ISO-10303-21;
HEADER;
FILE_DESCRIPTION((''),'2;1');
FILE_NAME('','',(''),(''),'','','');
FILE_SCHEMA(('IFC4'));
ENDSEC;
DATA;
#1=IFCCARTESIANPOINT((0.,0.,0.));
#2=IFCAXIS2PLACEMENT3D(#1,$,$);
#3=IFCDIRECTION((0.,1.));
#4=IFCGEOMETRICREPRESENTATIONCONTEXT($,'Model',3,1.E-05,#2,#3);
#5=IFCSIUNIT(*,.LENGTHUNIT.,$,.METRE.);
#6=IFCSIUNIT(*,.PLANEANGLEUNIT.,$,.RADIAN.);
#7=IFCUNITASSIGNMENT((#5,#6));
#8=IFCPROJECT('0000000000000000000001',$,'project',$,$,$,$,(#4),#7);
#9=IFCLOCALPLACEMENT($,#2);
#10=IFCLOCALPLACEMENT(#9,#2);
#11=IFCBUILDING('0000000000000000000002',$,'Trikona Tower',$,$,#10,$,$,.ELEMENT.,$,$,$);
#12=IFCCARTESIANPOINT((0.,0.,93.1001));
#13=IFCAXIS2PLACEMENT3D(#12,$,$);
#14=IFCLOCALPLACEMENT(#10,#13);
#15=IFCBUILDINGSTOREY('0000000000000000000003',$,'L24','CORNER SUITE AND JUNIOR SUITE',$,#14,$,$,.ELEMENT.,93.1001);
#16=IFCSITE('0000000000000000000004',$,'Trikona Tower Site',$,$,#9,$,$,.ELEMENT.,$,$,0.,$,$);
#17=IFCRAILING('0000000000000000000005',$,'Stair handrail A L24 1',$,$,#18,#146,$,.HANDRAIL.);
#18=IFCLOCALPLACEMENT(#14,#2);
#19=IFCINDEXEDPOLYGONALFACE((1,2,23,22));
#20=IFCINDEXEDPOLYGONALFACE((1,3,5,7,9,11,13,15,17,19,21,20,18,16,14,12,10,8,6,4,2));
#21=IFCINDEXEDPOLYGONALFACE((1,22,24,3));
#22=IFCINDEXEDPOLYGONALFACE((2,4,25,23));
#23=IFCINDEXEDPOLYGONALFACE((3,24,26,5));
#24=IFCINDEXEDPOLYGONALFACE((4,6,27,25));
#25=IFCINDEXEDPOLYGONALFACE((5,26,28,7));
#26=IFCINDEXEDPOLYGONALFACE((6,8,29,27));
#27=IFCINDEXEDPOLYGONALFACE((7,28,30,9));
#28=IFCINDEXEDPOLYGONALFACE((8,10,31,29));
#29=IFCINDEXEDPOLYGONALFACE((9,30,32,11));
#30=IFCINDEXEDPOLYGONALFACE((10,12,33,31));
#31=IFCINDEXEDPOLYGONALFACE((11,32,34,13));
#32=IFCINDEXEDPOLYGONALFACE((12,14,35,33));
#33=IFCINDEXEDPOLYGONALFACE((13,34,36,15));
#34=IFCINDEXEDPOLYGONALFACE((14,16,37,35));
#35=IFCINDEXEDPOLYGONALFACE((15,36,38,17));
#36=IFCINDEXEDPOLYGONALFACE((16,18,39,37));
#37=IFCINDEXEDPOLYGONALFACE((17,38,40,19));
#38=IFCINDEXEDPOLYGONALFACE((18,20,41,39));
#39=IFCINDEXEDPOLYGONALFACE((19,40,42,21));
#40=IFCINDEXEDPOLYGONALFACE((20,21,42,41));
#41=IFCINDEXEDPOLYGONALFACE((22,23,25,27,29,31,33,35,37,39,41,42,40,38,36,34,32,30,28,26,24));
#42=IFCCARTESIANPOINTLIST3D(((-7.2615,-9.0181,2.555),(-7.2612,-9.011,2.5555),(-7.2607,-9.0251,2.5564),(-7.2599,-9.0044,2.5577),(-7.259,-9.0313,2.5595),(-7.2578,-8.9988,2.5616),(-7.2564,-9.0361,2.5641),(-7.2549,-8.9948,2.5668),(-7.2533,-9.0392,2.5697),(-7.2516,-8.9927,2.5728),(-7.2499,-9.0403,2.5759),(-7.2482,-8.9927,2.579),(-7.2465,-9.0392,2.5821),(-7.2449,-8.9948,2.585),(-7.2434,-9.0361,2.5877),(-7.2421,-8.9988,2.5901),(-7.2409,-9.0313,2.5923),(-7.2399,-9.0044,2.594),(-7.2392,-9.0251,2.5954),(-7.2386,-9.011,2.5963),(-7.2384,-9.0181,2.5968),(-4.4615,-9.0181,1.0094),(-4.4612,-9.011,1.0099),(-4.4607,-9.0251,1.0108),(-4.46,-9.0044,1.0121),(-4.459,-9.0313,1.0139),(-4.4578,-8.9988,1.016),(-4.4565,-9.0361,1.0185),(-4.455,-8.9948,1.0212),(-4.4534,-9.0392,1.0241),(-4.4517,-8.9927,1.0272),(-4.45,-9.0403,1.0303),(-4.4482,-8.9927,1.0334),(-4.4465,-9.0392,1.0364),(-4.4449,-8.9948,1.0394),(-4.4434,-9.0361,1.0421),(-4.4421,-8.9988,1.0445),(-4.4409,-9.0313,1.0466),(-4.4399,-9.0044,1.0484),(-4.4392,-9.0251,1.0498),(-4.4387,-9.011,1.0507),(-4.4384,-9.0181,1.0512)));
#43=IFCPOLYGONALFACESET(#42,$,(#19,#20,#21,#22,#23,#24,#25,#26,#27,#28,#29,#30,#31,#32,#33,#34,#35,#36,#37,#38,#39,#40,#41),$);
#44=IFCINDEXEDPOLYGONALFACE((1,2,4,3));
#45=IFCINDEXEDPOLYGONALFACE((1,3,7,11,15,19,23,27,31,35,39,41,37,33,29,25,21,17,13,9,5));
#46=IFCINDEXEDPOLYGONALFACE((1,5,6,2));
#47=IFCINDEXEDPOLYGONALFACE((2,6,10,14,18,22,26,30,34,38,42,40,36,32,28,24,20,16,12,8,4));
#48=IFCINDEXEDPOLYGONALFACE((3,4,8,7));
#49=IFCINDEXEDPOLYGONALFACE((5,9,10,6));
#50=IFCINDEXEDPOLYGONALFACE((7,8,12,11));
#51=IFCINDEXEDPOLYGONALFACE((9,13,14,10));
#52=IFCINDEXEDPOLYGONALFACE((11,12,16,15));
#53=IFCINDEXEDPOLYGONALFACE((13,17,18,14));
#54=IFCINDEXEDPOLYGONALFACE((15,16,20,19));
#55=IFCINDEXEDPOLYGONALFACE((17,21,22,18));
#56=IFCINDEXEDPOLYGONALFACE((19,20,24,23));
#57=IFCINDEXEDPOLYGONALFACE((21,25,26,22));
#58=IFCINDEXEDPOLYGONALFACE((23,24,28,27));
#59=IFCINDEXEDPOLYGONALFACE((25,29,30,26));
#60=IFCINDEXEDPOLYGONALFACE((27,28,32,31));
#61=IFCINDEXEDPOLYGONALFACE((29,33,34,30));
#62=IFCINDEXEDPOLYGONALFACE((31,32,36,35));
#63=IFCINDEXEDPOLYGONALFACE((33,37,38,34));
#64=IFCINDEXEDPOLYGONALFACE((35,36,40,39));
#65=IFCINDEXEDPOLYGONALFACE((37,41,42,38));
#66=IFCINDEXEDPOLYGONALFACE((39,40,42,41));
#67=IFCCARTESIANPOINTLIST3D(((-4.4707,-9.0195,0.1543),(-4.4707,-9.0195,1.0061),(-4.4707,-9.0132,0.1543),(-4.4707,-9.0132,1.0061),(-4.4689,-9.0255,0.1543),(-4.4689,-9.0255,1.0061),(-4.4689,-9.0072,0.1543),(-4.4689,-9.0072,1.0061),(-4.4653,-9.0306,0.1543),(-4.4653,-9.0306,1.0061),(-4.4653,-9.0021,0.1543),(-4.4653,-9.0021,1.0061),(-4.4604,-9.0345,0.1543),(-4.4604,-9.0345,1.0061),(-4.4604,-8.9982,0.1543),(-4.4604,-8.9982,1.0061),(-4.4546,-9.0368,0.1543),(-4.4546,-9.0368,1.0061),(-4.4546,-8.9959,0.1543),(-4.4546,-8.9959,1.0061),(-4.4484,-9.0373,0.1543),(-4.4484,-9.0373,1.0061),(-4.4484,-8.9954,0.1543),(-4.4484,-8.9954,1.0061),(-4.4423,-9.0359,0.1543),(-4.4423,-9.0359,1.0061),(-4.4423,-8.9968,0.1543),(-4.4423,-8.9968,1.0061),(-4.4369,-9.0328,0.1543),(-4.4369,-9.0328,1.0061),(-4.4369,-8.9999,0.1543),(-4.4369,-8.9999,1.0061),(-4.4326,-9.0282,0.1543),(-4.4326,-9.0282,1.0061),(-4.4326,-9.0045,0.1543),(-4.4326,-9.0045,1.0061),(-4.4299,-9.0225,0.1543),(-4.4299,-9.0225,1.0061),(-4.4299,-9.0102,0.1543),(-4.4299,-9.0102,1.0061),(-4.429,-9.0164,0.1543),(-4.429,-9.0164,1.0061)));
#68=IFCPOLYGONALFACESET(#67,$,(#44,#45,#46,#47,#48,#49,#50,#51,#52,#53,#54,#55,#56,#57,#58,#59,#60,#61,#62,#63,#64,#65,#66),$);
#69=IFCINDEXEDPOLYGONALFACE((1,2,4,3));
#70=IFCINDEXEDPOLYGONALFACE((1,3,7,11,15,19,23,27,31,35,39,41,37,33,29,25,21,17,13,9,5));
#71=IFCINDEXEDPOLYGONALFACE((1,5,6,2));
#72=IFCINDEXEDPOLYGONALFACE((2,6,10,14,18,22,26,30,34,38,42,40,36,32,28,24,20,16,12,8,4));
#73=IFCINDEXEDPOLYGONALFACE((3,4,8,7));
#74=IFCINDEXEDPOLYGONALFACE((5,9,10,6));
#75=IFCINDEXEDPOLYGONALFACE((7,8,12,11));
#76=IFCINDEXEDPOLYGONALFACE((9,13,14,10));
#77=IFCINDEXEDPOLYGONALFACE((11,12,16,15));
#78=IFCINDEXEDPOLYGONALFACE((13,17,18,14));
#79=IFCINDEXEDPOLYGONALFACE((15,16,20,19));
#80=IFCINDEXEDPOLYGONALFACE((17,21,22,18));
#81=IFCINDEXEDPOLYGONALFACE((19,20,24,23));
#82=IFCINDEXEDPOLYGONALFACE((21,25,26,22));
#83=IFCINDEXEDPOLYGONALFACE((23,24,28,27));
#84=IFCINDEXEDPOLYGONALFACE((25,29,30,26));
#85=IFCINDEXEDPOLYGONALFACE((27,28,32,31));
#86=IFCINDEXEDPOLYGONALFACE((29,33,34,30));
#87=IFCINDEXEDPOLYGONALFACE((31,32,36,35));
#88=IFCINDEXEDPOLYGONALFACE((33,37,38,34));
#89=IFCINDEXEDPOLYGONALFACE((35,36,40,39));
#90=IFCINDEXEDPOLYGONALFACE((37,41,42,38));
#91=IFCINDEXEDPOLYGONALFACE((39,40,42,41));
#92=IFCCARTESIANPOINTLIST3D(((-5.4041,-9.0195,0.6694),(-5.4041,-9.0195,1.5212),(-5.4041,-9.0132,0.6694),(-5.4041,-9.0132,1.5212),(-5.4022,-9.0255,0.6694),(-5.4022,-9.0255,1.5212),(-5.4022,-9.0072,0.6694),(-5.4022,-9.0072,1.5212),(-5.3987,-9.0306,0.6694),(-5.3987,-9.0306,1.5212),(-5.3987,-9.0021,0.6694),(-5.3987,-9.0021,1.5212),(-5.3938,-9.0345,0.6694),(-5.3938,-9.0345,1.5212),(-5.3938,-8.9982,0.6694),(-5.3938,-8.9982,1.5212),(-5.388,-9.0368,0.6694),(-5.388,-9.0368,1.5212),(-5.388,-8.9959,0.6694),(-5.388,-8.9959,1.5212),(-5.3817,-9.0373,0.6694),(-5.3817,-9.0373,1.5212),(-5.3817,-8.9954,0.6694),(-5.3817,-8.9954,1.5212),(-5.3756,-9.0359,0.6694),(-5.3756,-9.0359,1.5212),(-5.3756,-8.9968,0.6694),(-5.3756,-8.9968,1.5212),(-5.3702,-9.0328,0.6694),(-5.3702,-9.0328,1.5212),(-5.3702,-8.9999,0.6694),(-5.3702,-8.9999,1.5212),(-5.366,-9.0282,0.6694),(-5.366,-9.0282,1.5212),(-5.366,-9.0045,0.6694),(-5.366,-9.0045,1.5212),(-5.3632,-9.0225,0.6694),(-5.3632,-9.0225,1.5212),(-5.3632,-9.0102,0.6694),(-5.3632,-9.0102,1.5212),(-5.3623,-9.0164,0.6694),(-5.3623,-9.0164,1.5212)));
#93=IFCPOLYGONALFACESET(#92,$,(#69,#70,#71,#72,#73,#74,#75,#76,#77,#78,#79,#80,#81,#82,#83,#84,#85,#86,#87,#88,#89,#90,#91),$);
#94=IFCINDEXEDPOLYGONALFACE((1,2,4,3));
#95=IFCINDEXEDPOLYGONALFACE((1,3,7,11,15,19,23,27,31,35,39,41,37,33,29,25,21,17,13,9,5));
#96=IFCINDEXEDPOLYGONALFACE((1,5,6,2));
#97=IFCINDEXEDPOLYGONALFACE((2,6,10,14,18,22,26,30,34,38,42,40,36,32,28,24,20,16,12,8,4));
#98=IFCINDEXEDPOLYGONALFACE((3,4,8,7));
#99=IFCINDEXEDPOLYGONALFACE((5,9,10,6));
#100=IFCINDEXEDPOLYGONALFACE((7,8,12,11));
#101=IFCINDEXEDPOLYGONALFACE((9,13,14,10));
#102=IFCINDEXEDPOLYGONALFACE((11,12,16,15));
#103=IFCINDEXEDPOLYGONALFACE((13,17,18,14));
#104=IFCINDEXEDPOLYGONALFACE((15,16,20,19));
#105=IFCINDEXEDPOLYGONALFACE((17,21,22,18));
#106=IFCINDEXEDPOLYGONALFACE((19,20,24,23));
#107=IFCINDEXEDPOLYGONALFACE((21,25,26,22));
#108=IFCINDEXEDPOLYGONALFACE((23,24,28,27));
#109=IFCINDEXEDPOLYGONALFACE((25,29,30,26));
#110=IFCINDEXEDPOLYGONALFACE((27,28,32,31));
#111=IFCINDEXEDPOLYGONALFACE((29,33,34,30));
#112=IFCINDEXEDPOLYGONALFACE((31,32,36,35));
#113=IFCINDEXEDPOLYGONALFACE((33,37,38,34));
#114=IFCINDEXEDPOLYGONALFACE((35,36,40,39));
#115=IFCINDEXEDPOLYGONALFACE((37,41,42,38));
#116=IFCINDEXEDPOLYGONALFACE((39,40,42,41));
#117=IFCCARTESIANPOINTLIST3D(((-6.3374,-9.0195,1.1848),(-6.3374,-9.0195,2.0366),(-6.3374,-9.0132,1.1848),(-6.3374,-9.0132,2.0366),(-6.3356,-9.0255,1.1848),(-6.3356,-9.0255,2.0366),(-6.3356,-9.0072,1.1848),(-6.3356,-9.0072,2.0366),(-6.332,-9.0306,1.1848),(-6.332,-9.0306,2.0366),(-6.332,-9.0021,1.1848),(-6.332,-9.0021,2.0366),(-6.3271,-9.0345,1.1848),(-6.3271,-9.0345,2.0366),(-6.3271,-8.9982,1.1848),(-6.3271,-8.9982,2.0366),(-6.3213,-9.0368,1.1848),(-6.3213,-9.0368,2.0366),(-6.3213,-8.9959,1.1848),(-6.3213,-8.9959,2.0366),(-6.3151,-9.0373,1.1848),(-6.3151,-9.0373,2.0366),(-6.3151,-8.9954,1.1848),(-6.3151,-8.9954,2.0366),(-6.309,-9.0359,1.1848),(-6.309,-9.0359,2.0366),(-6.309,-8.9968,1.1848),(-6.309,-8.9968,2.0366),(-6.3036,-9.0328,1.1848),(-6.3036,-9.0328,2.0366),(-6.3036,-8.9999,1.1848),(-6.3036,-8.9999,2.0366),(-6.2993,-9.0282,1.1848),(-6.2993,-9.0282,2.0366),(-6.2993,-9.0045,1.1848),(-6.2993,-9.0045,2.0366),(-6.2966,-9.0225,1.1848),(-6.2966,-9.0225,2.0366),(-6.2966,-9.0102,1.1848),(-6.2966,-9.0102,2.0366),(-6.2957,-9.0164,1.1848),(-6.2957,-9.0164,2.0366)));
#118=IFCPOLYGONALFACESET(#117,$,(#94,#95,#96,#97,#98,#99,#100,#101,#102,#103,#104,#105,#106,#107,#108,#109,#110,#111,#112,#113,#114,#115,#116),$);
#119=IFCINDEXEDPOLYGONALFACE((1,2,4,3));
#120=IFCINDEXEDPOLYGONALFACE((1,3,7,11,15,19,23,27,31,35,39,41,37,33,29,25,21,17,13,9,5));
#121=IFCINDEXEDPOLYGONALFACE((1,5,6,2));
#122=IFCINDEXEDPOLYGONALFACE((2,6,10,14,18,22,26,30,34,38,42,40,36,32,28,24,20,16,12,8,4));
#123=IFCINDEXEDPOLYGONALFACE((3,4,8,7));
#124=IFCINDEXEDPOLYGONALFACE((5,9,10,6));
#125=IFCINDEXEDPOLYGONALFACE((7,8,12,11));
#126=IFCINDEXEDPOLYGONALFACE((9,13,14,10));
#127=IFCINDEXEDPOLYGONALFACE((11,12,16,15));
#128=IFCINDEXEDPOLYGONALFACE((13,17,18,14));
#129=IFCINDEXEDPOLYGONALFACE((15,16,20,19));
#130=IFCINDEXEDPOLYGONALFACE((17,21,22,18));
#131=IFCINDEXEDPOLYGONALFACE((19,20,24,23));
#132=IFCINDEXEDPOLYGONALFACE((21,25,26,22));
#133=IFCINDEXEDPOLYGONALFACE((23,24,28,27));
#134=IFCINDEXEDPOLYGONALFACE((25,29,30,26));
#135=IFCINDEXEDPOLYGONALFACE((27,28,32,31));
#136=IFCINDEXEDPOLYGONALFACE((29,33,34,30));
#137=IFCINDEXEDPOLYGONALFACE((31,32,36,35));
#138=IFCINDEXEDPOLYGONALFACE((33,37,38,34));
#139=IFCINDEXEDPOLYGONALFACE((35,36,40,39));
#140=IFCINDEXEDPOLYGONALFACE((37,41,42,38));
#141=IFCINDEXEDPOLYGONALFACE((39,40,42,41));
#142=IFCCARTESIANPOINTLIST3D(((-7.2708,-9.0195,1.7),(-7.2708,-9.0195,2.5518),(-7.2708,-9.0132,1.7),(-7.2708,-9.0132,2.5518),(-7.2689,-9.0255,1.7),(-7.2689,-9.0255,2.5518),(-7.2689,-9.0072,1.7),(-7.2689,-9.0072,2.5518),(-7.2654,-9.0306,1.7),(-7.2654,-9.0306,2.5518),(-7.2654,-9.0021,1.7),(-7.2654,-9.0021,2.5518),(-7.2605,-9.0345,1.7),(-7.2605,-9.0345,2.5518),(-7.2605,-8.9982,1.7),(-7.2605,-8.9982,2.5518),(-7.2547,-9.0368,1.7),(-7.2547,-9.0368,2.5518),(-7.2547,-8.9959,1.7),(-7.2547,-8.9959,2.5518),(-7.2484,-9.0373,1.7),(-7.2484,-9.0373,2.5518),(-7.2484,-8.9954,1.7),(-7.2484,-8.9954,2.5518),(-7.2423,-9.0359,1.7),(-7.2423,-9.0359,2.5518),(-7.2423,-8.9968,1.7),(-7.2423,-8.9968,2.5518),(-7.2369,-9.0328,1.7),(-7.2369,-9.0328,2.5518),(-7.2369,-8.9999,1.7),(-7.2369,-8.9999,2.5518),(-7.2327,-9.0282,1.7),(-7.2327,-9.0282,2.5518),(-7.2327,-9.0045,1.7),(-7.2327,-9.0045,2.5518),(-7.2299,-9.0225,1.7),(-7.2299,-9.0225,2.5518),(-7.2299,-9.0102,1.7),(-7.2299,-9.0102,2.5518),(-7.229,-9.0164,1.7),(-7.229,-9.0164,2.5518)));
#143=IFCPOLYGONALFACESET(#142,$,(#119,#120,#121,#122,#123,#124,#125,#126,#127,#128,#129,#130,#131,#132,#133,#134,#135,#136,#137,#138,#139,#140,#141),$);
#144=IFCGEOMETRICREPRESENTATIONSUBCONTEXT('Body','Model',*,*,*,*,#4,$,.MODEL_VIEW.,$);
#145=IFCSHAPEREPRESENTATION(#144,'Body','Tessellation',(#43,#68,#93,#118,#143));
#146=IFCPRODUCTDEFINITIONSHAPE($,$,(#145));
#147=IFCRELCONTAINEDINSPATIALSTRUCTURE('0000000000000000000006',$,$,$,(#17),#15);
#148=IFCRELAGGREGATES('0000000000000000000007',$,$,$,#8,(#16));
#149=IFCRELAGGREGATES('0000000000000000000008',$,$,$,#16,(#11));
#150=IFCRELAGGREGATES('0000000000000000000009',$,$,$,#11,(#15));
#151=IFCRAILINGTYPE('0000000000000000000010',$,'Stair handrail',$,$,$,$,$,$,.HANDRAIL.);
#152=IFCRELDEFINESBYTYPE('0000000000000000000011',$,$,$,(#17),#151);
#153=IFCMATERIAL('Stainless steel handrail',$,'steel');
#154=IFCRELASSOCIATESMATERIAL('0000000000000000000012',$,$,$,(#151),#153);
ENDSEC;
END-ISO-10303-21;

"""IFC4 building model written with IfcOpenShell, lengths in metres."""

from ifc_helpers import new_model, si_unit, direction, frame, origin, origin_2d, place, context, subcontext, project, spatial, circle, extrude, material, type_object, element, save


model = new_model("IFC4")

# Units and contexts
model_context = context("Model", 3, precision=1e-05, world=origin(), true_north=direction((0.0, 1.0)))
body_context = subcontext(model_context, "Body", "Model", "MODEL_VIEW")
ifc_project = project(units=[si_unit("LENGTHUNIT", "METRE"), si_unit("PLANEANGLEUNIT", "RADIAN")], contexts=[model_context])

# Site, building, storey
site_placement = place(None, origin())
site = spatial("IfcSite", under=ifc_project, at=site_placement, Name="Trikona Tower Site", CompositionType="ELEMENT", RefElevation=0.0)
building_placement = place(site_placement, origin())
building = spatial("IfcBuilding", under=site, at=building_placement, Name="Trikona Tower", CompositionType="ELEMENT")
storey_placement = place(building_placement, frame((0.0, 0.0, 93.1001)))
storey = spatial("IfcBuildingStorey", under=building, at=storey_placement, Name="L24", Description="CORNER SUITE AND JUNIOR SUITE", CompositionType="ELEMENT", Elevation=93.1001)

# Railing
ifc_material_1 = material(Name="Stainless steel handrail", Category="steel")
railing_type = type_object("IfcRailingType", Name="Stair handrail", PredefinedType="HANDRAIL", material=ifc_material_1)
railing_1_placement = place(storey_placement, frame((-4.45, -9.0164, 0.1543)))
element("IfcRailing", 1, at=railing_1_placement, inside=storey, type_object=railing_type, Name="Stair handrail A L24 1", PredefinedType="HANDRAIL", context=body_context, shape_type="SweptSolid", body=[
    extrude(circle(Radius=0.0239, at=origin_2d()), frame((0.0, 0.0, 0.876), z_axis=(-0.875472, 0.0, 0.483269), x_axis=(0.0, -1.0, 0.0)), (0.0, 0.0, 1.0), 3.1982),
    extrude(circle(Radius=0.021, at=origin_2d()), origin(), (0.0, 0.0, 1.0), 0.8518),
    extrude(circle(Radius=0.021, at=origin_2d()), frame((-0.9333, 0.0, 0.5151)), (0.0, 0.0, 1.0), 0.8518),
    extrude(circle(Radius=0.021, at=origin_2d()), frame((-1.8667, 0.0, 1.0305)), (0.0, 0.0, 1.0), 0.8518),
    extrude(circle(Radius=0.021, at=origin_2d()), frame((-2.8, 0.0, 1.5457)), (0.0, 0.0, 1.0), 0.8518),
])

save(model, "model.ifc")
